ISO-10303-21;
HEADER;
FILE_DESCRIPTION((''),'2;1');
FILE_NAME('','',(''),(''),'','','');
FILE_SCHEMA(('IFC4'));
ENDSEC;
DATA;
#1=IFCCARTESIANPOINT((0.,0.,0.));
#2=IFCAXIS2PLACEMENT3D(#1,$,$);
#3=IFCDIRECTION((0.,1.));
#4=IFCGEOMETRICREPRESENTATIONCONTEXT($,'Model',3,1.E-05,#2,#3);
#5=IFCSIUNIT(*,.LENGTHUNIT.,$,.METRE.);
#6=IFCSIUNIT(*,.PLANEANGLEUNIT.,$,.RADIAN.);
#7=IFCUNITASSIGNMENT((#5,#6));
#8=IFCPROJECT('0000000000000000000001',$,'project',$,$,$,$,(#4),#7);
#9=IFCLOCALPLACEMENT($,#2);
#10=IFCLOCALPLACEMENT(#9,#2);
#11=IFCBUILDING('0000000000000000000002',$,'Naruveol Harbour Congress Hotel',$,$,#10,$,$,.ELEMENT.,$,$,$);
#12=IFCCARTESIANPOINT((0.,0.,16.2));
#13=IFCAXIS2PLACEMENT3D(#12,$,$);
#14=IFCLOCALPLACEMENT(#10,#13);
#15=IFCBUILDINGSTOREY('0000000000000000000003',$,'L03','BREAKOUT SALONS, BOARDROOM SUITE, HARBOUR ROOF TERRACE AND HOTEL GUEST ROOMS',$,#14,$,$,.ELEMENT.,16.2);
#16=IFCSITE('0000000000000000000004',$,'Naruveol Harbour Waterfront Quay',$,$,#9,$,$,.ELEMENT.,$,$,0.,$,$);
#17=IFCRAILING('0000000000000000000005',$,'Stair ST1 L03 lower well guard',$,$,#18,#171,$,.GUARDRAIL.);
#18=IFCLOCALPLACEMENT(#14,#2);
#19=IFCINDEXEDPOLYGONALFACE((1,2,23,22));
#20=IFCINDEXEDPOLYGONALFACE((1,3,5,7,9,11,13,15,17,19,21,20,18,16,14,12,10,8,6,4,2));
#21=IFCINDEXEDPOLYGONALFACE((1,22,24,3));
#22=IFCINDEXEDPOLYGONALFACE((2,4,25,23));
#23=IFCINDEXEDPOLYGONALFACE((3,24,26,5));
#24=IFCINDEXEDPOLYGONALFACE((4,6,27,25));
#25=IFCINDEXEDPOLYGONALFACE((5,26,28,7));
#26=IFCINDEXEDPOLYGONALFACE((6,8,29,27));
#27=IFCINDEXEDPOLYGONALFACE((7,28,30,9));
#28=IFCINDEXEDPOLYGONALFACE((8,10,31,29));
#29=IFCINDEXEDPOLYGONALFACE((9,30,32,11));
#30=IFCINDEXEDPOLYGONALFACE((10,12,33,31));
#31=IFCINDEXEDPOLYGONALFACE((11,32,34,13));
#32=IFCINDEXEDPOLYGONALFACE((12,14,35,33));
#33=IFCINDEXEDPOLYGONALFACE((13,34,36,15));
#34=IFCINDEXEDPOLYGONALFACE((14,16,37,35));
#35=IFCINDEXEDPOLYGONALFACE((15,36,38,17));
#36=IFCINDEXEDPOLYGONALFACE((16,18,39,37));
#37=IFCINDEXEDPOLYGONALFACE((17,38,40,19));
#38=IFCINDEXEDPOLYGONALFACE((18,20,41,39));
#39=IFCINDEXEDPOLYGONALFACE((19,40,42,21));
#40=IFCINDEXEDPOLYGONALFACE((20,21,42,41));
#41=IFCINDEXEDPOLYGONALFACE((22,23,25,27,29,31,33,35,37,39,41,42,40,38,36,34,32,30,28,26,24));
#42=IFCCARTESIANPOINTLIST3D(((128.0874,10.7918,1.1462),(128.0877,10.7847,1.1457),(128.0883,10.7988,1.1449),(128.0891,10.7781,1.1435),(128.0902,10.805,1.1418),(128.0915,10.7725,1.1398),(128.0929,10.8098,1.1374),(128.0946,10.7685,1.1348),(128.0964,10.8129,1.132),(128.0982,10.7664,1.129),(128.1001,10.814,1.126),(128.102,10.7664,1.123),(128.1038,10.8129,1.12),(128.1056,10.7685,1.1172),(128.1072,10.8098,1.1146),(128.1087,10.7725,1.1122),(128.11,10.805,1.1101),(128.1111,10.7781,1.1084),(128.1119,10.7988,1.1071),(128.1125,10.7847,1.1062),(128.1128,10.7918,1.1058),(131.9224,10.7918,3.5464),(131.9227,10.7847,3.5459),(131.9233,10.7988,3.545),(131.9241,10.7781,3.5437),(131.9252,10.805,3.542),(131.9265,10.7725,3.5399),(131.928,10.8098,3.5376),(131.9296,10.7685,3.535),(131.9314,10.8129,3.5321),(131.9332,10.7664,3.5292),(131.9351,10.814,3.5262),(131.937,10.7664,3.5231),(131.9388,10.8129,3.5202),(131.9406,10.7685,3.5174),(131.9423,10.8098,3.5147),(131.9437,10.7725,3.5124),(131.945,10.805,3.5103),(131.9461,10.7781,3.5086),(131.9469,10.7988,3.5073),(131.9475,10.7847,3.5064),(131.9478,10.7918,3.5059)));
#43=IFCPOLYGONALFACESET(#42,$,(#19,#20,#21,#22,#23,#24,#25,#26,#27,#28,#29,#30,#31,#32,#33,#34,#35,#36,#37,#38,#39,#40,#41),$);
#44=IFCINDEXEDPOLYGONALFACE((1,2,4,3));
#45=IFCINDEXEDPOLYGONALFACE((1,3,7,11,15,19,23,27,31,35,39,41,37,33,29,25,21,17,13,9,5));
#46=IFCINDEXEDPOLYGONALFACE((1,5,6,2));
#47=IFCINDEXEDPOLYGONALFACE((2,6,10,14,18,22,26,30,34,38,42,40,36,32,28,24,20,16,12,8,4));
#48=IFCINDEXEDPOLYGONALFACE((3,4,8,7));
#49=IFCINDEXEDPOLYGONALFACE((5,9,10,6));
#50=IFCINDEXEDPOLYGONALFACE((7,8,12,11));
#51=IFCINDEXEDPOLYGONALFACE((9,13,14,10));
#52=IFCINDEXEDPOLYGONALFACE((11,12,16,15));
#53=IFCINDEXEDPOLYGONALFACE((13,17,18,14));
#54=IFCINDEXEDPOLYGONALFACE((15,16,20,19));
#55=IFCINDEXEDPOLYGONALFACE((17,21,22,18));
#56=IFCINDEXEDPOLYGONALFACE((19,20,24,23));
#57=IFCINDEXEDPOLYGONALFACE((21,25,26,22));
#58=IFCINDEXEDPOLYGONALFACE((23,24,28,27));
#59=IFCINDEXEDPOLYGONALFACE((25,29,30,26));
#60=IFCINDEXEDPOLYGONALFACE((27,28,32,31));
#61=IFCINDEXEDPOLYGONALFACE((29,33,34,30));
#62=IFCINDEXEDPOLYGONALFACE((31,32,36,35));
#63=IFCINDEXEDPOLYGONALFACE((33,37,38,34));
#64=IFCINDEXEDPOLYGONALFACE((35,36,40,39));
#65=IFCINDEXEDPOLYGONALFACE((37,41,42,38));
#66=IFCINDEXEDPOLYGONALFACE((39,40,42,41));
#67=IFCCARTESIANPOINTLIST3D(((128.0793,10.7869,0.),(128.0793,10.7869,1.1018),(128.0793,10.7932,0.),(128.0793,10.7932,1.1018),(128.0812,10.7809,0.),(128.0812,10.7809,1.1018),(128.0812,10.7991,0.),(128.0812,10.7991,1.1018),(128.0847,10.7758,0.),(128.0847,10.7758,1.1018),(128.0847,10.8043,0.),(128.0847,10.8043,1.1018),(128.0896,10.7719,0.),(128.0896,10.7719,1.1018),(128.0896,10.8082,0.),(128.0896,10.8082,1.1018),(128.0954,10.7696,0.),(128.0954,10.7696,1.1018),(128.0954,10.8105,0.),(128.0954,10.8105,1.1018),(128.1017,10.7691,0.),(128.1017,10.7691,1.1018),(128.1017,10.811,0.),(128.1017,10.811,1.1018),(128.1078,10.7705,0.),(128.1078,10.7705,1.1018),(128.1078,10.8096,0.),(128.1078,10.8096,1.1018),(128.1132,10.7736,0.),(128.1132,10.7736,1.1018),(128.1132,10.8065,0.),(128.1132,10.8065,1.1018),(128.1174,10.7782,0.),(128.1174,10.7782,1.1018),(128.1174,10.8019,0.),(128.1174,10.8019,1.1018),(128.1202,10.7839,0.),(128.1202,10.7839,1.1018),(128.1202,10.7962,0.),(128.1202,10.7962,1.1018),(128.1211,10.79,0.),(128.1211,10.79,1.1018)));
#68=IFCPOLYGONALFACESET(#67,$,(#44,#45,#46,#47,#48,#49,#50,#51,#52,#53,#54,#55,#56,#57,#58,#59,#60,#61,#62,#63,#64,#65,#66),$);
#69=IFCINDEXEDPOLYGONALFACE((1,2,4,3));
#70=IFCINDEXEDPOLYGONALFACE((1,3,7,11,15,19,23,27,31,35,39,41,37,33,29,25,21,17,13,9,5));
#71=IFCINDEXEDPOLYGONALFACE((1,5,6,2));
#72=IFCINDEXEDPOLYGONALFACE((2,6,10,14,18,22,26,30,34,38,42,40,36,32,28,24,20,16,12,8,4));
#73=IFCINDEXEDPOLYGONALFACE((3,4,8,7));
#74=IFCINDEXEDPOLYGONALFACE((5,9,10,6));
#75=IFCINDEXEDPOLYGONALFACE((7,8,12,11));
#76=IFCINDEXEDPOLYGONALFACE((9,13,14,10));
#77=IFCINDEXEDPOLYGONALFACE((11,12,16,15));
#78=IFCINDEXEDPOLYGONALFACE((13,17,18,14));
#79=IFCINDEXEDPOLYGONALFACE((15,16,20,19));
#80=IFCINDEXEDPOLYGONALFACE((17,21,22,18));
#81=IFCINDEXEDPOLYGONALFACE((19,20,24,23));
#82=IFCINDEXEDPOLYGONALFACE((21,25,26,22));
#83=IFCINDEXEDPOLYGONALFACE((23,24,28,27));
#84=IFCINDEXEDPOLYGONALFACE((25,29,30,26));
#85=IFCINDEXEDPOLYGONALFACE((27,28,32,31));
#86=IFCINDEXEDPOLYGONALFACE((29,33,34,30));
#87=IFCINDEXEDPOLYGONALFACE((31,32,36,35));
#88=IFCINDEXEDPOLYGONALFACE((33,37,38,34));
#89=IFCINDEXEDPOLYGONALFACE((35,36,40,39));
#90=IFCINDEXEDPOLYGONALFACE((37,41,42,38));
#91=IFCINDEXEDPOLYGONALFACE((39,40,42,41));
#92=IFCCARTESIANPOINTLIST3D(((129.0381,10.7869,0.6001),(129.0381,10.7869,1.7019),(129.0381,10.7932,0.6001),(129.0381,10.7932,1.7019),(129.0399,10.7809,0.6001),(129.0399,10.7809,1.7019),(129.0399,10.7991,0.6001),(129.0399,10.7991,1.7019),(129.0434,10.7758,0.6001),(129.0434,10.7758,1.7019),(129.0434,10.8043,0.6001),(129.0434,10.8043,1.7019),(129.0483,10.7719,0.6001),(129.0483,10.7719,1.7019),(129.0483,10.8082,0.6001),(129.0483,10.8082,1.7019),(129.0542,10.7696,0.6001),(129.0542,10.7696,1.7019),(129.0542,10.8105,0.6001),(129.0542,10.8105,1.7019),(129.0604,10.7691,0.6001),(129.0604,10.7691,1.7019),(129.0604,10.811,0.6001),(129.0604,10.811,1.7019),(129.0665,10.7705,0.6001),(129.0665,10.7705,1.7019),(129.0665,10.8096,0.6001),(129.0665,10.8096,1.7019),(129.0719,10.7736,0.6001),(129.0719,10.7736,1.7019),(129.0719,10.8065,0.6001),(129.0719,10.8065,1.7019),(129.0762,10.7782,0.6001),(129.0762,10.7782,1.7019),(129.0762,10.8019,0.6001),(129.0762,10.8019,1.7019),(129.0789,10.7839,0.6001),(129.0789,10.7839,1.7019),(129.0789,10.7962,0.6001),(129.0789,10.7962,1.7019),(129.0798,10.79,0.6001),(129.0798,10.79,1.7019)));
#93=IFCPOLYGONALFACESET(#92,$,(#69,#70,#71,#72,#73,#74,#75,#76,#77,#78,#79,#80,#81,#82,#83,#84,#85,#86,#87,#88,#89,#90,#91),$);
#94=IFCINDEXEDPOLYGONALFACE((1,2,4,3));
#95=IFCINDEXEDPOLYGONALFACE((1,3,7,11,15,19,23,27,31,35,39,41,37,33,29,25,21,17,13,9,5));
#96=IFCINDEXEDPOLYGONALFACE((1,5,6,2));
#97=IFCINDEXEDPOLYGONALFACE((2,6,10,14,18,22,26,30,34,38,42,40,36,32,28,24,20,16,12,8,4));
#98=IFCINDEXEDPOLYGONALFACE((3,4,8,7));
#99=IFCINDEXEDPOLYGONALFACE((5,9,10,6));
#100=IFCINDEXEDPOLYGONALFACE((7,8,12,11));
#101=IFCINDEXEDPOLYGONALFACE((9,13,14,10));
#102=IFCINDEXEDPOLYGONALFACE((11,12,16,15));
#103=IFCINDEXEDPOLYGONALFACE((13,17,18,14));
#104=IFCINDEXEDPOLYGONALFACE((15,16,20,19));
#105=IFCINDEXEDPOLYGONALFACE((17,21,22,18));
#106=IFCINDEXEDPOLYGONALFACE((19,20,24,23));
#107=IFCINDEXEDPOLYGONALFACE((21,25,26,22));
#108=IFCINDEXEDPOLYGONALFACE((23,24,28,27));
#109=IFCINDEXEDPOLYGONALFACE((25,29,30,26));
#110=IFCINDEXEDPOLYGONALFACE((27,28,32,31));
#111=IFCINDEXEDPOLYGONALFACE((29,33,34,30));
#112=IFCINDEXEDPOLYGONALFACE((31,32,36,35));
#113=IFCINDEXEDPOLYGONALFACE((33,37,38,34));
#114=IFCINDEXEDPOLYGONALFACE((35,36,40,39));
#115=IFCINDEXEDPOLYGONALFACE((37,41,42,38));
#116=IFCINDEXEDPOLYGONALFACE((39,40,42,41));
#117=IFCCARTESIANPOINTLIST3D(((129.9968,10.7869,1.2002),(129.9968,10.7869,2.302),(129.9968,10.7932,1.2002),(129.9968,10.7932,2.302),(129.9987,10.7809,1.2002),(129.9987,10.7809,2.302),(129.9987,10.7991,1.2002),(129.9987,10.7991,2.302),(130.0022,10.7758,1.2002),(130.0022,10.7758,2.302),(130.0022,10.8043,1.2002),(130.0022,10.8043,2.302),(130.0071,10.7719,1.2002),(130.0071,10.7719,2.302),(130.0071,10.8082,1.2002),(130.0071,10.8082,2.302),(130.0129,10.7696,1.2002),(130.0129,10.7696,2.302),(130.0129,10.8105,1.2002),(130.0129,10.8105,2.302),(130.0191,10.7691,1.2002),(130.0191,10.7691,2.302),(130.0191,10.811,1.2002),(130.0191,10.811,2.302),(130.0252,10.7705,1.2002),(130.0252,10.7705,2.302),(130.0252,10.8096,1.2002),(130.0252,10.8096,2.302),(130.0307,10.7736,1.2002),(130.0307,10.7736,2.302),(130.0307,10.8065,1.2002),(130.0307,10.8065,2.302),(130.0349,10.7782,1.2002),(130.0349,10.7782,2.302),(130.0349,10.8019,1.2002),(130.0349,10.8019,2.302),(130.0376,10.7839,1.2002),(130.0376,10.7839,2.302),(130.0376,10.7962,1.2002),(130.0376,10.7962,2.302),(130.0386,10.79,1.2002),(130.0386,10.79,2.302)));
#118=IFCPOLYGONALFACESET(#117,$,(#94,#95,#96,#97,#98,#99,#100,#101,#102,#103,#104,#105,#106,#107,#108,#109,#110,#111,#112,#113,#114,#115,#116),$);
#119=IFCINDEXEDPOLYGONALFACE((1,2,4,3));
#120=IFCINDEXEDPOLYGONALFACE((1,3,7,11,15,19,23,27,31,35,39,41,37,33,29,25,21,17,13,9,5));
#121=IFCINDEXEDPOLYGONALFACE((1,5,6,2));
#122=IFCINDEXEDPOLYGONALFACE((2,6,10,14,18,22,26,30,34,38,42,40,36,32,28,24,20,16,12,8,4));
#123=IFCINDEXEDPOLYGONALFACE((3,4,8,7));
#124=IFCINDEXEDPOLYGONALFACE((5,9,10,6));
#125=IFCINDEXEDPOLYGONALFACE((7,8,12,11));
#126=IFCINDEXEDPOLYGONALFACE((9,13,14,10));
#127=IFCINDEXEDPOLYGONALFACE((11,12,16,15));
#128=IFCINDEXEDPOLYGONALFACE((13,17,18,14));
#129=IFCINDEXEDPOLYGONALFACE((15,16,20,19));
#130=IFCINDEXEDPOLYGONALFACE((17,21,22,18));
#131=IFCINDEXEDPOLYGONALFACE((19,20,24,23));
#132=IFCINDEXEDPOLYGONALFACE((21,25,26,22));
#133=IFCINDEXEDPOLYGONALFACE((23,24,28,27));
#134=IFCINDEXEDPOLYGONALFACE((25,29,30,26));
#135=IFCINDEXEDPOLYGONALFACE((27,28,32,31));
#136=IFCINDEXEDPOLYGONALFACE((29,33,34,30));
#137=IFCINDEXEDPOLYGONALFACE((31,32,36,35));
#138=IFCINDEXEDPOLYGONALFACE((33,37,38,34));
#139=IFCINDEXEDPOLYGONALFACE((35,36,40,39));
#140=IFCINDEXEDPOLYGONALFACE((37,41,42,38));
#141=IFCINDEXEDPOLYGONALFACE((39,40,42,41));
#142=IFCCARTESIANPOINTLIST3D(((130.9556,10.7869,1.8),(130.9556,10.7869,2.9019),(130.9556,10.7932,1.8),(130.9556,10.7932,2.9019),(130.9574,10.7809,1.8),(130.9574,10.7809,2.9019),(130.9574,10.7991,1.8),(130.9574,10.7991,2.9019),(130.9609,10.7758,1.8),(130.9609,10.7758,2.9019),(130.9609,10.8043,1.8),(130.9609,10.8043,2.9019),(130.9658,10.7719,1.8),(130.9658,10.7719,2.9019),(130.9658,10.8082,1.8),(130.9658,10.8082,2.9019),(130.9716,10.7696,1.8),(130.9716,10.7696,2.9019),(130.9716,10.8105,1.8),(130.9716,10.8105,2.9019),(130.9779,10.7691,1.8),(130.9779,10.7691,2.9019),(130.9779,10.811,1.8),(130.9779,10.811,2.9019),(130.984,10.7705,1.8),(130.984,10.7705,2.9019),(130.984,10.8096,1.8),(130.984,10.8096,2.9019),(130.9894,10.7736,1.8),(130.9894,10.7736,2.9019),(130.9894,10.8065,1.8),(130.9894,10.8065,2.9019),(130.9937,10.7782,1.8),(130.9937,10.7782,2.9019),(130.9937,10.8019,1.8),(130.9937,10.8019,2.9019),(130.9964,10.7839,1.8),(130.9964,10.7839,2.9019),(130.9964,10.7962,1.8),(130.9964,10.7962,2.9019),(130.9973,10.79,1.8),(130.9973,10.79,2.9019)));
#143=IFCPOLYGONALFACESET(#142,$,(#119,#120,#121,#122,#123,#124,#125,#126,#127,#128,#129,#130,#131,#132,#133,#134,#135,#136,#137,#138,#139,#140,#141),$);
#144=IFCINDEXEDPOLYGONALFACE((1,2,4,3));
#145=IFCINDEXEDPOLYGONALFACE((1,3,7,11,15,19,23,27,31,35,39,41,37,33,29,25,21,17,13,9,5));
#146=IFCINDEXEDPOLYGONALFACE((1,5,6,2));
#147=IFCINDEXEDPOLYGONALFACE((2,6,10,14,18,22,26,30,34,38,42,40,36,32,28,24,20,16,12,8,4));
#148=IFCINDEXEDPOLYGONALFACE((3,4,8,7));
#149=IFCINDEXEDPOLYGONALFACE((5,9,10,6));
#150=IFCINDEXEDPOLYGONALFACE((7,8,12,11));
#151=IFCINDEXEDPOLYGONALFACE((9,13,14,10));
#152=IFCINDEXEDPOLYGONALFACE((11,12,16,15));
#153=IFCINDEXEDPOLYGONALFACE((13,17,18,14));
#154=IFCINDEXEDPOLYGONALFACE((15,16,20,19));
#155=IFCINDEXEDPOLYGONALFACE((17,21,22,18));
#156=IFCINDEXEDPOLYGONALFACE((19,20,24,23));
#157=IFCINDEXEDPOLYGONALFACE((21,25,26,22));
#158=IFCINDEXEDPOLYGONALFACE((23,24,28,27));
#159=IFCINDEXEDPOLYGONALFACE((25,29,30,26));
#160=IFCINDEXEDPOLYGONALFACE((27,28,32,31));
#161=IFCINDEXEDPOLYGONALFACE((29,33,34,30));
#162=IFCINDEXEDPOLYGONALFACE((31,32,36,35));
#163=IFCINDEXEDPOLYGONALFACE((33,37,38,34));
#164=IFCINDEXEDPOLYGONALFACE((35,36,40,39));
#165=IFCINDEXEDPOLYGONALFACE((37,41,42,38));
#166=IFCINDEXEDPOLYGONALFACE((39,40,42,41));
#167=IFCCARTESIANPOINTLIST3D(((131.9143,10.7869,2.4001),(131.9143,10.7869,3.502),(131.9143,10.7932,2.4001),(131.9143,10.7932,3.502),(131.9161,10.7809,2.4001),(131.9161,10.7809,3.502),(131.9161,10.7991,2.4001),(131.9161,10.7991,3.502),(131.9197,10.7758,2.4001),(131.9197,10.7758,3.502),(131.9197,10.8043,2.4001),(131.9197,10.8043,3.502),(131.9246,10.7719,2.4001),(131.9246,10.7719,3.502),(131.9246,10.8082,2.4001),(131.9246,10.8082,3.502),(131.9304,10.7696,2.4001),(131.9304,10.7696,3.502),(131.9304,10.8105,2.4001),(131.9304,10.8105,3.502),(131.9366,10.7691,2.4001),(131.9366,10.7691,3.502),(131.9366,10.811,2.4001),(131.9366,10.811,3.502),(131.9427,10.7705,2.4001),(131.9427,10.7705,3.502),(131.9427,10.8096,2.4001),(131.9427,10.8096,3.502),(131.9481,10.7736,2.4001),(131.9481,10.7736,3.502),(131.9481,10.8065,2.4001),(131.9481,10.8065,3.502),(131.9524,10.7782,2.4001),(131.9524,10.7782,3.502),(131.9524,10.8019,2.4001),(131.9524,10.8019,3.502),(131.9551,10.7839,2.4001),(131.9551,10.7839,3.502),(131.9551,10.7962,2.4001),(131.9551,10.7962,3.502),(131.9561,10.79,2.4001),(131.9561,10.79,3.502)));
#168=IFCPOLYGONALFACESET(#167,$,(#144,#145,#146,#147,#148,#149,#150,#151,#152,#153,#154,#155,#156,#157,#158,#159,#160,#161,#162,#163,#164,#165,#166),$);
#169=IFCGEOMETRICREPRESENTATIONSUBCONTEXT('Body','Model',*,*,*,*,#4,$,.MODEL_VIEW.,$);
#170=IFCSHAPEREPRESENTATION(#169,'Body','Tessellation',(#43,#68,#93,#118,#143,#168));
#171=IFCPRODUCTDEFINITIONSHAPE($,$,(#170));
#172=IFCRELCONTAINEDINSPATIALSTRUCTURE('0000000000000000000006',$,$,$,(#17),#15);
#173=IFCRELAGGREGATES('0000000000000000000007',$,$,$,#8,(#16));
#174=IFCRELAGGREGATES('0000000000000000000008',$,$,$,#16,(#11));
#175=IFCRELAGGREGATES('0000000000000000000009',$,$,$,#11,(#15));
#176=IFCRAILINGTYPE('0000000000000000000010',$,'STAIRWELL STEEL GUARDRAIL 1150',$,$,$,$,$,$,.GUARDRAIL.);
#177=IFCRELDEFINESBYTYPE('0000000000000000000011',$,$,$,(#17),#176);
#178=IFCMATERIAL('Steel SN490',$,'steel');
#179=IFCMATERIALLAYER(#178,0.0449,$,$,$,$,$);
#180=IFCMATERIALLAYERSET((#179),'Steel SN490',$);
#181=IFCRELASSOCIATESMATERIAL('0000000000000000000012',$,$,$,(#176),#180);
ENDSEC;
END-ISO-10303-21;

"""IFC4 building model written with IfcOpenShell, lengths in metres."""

from ifc_helpers import new_model, si_unit, direction, frame, origin, origin_2d, place, context, subcontext, project, spatial, circle, extrude, material, layer, layer_set, type_object, element, save


model = new_model("IFC4")

# Units and contexts
model_context = context("Model", 3, precision=1e-05, world=origin(), true_north=direction((0.0, 1.0)))
body_context = subcontext(model_context, "Body", "Model", "MODEL_VIEW")
ifc_project = project(units=[si_unit("LENGTHUNIT", "METRE"), si_unit("PLANEANGLEUNIT", "RADIAN")], contexts=[model_context])

# Site, building, storey
site_placement = place(None, origin())
site = spatial("IfcSite", under=ifc_project, at=site_placement, Name="Naruveol Harbour Waterfront Quay", CompositionType="ELEMENT", RefElevation=0.0)
building_placement = place(site_placement, origin())
building = spatial("IfcBuilding", under=site, at=building_placement, Name="Naruveol Harbour Congress Hotel", CompositionType="ELEMENT")
storey_placement = place(building_placement, frame((0.0, 0.0, 16.2)))
storey = spatial("IfcBuildingStorey", under=building, at=storey_placement, Name="L03", Description="BREAKOUT SALONS, BOARDROOM SUITE, HARBOUR ROOF TERRACE AND HOTEL GUEST ROOMS", CompositionType="ELEMENT", Elevation=16.2)

# Railing
ifc_material_1 = material(Name="Steel SN490", Category="steel")
ifc_layer_1 = layer(ifc_material_1, 0.0449)
ifc_layer_set_1 = layer_set([ifc_layer_1], Name="Steel SN490")
railing_type_1 = type_object("IfcRailingType", Name="STAIRWELL STEEL GUARDRAIL 1150", PredefinedType="GUARDRAIL", material=ifc_layer_set_1)
railing_1_placement = place(storey_placement, frame((128.1001, 10.79, 0.0)))
element("IfcRailing", 1, at=railing_1_placement, inside=storey, type_object=railing_type_1, Name="Stair ST1 L03 lower well guard", PredefinedType="GUARDRAIL", context=body_context, shape_type="SweptSolid", body=[
    extrude(circle(Radius=0.0239, at=origin_2d()), frame((0.0, 0.0, 1.126), z_axis=(0.847671, 0.0, 0.530523), x_axis=(0.0, 1.0, 0.0)), (0.0, 0.0, 1.0), 4.5242),
    extrude(circle(Radius=0.021, at=origin_2d()), origin(), (0.0, 0.0, 1.0), 1.1018),
    extrude(circle(Radius=0.021, at=origin_2d()), frame((0.9587, 0.0, 0.6001)), (0.0, 0.0, 1.0), 1.1018),
    extrude(circle(Radius=0.021, at=origin_2d()), frame((1.9175, 0.0, 1.2002)), (0.0, 0.0, 1.0), 1.1018),
    extrude(circle(Radius=0.021, at=origin_2d()), frame((2.8762, 0.0, 1.8)), (0.0, 0.0, 1.0), 1.1018),
    extrude(circle(Radius=0.021, at=origin_2d()), frame((3.835, 0.0, 2.4001)), (0.0, 0.0, 1.0), 1.1018),
])

save(model, "model.ifc")
